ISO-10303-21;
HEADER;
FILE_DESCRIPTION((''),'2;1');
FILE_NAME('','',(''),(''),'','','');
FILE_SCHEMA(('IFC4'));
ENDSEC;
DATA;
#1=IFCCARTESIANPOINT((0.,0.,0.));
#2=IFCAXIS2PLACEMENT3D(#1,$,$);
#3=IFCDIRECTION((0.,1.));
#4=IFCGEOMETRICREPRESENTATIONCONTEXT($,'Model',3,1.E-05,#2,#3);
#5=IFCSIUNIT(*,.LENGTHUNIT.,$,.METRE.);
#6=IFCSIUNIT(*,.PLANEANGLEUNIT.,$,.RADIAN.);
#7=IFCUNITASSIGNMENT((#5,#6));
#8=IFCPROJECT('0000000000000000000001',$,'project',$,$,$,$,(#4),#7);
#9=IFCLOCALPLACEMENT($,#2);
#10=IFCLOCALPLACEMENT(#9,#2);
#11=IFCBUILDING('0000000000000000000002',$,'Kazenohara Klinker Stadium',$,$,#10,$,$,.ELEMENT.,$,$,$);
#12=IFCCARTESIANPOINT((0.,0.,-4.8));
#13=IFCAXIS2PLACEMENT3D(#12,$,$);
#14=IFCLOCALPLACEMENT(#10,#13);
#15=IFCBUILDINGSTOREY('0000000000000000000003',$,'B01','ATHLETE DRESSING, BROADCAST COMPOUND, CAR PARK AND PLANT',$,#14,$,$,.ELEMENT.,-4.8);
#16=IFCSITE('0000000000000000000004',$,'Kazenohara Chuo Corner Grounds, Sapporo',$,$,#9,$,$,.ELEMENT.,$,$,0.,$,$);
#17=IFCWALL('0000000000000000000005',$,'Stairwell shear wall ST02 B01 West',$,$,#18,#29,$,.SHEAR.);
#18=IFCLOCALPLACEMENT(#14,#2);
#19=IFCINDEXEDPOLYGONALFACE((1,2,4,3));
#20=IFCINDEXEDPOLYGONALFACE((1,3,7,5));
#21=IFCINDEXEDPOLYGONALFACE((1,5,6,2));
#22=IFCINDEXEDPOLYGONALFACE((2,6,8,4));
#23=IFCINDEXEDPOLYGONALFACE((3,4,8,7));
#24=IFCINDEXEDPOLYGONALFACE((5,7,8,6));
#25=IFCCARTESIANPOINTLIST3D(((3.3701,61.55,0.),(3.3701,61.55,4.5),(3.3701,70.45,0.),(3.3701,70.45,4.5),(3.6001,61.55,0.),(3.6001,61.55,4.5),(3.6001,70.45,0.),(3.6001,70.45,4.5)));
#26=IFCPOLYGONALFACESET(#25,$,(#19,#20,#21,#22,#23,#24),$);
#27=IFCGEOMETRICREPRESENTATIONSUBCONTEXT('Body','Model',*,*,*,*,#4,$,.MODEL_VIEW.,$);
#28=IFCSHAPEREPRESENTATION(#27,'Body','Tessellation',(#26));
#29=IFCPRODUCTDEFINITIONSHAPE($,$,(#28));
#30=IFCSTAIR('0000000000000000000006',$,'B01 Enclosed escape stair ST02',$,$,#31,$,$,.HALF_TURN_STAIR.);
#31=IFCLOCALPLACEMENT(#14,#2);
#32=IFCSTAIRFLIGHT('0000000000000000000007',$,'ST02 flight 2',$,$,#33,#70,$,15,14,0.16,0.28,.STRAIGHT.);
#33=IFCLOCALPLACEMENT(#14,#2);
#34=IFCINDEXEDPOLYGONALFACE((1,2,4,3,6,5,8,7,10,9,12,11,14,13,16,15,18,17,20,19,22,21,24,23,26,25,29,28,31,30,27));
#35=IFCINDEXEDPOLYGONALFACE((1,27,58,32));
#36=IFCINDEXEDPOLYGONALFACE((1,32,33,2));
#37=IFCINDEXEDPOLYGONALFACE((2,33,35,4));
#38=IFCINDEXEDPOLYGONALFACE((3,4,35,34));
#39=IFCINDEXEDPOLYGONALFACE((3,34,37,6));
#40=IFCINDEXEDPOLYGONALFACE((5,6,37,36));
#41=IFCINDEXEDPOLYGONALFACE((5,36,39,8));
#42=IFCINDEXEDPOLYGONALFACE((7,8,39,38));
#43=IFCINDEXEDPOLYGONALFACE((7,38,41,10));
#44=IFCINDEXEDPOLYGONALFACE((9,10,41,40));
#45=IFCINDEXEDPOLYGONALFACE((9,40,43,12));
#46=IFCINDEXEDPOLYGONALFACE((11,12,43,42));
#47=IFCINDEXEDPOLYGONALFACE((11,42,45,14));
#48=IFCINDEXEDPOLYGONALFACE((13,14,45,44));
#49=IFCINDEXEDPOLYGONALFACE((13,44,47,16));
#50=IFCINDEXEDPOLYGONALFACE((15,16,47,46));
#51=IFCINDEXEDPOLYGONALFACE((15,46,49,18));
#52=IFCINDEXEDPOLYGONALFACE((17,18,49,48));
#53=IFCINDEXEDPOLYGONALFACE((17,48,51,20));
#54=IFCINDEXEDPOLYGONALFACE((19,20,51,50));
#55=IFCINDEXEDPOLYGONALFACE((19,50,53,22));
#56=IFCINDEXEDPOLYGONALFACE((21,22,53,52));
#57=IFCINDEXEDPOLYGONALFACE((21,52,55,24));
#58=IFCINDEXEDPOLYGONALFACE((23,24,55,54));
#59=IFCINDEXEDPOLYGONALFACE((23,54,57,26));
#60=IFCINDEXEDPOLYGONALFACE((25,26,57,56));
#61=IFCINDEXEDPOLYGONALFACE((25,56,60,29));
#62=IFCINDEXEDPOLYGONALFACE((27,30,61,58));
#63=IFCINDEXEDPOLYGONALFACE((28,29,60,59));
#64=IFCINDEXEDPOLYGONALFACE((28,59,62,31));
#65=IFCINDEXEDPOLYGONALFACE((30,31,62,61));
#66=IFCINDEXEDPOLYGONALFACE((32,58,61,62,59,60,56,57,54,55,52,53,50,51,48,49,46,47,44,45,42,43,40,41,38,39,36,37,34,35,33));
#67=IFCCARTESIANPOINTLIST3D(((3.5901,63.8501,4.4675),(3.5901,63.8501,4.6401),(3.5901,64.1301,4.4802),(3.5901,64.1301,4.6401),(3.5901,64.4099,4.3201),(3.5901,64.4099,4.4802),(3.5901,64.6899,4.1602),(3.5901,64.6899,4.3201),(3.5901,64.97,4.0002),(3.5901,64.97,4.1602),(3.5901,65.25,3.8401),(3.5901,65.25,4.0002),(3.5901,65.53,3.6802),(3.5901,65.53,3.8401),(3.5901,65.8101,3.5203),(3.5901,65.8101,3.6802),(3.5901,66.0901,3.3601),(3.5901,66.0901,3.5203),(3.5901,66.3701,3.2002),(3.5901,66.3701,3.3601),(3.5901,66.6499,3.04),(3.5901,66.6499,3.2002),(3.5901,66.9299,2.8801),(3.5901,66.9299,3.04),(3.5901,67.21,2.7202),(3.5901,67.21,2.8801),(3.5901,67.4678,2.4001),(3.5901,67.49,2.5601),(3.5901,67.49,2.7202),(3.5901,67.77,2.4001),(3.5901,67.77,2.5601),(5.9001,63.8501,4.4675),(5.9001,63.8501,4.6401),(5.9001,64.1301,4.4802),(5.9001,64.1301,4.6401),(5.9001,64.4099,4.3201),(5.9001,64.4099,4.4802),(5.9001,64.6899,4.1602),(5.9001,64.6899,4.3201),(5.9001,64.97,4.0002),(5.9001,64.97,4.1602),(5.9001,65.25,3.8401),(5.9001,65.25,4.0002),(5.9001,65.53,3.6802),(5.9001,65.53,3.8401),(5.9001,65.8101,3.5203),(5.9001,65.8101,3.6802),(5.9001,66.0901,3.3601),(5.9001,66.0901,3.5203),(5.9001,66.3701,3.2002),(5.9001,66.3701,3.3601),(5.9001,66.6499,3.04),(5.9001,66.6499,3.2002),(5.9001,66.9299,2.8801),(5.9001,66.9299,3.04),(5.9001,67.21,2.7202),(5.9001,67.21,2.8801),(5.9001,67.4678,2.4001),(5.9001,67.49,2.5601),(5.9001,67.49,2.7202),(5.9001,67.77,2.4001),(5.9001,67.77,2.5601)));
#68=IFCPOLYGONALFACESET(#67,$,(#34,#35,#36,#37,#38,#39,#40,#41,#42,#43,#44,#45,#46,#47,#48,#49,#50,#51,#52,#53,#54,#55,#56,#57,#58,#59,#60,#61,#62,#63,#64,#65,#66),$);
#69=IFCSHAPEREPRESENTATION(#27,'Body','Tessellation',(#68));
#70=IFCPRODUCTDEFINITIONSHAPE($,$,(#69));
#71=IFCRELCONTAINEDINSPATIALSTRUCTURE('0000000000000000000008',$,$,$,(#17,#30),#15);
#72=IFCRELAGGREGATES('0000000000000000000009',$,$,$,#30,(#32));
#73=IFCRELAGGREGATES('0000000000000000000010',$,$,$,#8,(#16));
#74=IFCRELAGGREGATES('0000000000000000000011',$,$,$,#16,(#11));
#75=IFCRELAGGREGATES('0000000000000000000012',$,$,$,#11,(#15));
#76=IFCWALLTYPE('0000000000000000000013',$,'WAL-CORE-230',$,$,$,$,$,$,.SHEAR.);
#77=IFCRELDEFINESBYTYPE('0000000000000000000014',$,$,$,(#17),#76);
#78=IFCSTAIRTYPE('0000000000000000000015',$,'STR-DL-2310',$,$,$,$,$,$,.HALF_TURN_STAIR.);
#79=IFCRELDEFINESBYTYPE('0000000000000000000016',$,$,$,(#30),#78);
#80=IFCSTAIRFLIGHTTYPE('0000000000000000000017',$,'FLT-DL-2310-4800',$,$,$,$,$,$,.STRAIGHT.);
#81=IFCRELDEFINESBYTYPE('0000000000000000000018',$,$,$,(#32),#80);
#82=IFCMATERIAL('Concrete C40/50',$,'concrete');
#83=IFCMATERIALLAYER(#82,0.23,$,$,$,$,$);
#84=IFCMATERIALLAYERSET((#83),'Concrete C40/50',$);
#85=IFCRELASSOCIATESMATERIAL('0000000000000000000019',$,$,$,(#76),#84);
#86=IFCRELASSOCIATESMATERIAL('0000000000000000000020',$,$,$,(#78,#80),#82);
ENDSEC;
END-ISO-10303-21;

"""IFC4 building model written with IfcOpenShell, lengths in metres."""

from ifc_helpers import new_model, si_unit, direction, frame, frame_2d, origin, place, context, subcontext, project, spatial, polyline, rectangle, outline, extrude, material, layer, layer_set, type_object, element, aggregate, save


model = new_model("IFC4")

# Units and contexts
model_context = context("Model", 3, precision=1e-05, world=origin(), true_north=direction((0.0, 1.0)))
body_context = subcontext(model_context, "Body", "Model", "MODEL_VIEW")
ifc_project = project(units=[si_unit("LENGTHUNIT", "METRE"), si_unit("PLANEANGLEUNIT", "RADIAN")], contexts=[model_context])

# Site, building, storey
site_placement = place(None, origin())
site = spatial("IfcSite", under=ifc_project, at=site_placement, Name="Kazenohara Chuo Corner Grounds, Sapporo", CompositionType="ELEMENT", RefElevation=0.0)
building_placement = place(site_placement, origin())
building = spatial("IfcBuilding", under=site, at=building_placement, Name="Kazenohara Klinker Stadium", CompositionType="ELEMENT")
storey_placement = place(building_placement, frame((0.0, 0.0, -4.8)))
storey = spatial("IfcBuildingStorey", under=building, at=storey_placement, Name="B01", Description="ATHLETE DRESSING, BROADCAST COMPOUND, CAR PARK AND PLANT", CompositionType="ELEMENT", Elevation=-4.8)

# Shared definitions
ifc_material_1 = material(Name="Concrete C40/50", Category="concrete")

# Shared definitions
ifc_layer_1 = layer(ifc_material_1, 0.23)
ifc_layer_set_1 = layer_set([ifc_layer_1], Name="Concrete C40/50")
wall_type_1 = type_object("IfcWallType", Name="WAL-CORE-230", PredefinedType="SHEAR", material=ifc_layer_set_1)

# Wall
wall_1_placement = place(storey_placement, frame((3.4851, 61.55, 0.0), z_axis=(0.0, 0.0, 1.0), x_axis=(0.0, 1.0, 0.0)))
element("IfcWall", 1, at=wall_1_placement, inside=storey, type_object=wall_type_1, Name="Stairwell shear wall ST02 B01 West", PredefinedType="SHEAR", context=body_context, shape_type="SweptSolid", body=[
    extrude(rectangle(XDim=8.8999, YDim=0.23, at=frame_2d((4.45, 0.0))), origin(), (0.0, 0.0, 1.0), 4.5),
])

# Stair, stair flight
stair_type = type_object("IfcStairType", Name="STR-DL-2310", PredefinedType="HALF_TURN_STAIR", material=ifc_material_1)
stair_placement = place(storey_placement, origin())
stair = element("IfcStair", 2, at=stair_placement, inside=storey, type_object=stair_type, Name="B01 Enclosed escape stair ST02", PredefinedType="HALF_TURN_STAIR")
stair_flight_type = type_object("IfcStairFlightType", Name="FLT-DL-2310-4800", PredefinedType="STRAIGHT", material=ifc_material_1)
stair_flight_placement = place(storey_placement, frame((4.7451, 67.77, 2.4001), z_axis=(0.0, 0.0, 1.0), x_axis=(0.0, -1.0, 0.0)))
stair_flight = element("IfcStairFlight", 3, at=stair_flight_placement, type_object=stair_flight_type, Name="ST02 flight 2", NumberOfRisers=15, NumberOfTreads=14, PredefinedType="STRAIGHT", RiserHeight=0.16, TreadLength=0.28, context=body_context, shape_type="SweptSolid", body=[
    extrude(outline(polyline([(0.0, 0.0), (0.0, 0.1599), (0.28, 0.1599), (0.28, 0.3201), (0.5601, 0.3201), (0.5601, 0.48), (0.8401, 0.48), (0.8401, 0.6399), (1.1201, 0.6399), (1.1201, 0.8), (1.3999, 0.8), (1.3999, 0.96), (1.6799, 0.96), (1.6799, 1.1201), (1.96, 1.1201), (1.96, 1.28), (2.24, 1.28), (2.24, 1.4399), (2.52, 1.4399), (2.52, 1.6001), (2.8, 1.6001), (2.8, 1.76), (3.0801, 1.76), (3.0801, 1.9199), (3.3601, 1.9199), (3.3601, 2.0801), (3.6399, 2.0801), (3.6399, 2.24), (3.9199, 2.24), (3.9199, 2.3999), (3.9199, 2.0674), (0.3022, 0.0), (0.0, 0.0)])), frame((0.0, 1.155, 0.0), z_axis=(0.0, -1.0, 0.0), x_axis=(1.0, 0.0, 0.0)), (0.0, 0.0, 1.0), 2.3101),
])
aggregate(stair, [stair_flight])

save(model, "model.ifc")
